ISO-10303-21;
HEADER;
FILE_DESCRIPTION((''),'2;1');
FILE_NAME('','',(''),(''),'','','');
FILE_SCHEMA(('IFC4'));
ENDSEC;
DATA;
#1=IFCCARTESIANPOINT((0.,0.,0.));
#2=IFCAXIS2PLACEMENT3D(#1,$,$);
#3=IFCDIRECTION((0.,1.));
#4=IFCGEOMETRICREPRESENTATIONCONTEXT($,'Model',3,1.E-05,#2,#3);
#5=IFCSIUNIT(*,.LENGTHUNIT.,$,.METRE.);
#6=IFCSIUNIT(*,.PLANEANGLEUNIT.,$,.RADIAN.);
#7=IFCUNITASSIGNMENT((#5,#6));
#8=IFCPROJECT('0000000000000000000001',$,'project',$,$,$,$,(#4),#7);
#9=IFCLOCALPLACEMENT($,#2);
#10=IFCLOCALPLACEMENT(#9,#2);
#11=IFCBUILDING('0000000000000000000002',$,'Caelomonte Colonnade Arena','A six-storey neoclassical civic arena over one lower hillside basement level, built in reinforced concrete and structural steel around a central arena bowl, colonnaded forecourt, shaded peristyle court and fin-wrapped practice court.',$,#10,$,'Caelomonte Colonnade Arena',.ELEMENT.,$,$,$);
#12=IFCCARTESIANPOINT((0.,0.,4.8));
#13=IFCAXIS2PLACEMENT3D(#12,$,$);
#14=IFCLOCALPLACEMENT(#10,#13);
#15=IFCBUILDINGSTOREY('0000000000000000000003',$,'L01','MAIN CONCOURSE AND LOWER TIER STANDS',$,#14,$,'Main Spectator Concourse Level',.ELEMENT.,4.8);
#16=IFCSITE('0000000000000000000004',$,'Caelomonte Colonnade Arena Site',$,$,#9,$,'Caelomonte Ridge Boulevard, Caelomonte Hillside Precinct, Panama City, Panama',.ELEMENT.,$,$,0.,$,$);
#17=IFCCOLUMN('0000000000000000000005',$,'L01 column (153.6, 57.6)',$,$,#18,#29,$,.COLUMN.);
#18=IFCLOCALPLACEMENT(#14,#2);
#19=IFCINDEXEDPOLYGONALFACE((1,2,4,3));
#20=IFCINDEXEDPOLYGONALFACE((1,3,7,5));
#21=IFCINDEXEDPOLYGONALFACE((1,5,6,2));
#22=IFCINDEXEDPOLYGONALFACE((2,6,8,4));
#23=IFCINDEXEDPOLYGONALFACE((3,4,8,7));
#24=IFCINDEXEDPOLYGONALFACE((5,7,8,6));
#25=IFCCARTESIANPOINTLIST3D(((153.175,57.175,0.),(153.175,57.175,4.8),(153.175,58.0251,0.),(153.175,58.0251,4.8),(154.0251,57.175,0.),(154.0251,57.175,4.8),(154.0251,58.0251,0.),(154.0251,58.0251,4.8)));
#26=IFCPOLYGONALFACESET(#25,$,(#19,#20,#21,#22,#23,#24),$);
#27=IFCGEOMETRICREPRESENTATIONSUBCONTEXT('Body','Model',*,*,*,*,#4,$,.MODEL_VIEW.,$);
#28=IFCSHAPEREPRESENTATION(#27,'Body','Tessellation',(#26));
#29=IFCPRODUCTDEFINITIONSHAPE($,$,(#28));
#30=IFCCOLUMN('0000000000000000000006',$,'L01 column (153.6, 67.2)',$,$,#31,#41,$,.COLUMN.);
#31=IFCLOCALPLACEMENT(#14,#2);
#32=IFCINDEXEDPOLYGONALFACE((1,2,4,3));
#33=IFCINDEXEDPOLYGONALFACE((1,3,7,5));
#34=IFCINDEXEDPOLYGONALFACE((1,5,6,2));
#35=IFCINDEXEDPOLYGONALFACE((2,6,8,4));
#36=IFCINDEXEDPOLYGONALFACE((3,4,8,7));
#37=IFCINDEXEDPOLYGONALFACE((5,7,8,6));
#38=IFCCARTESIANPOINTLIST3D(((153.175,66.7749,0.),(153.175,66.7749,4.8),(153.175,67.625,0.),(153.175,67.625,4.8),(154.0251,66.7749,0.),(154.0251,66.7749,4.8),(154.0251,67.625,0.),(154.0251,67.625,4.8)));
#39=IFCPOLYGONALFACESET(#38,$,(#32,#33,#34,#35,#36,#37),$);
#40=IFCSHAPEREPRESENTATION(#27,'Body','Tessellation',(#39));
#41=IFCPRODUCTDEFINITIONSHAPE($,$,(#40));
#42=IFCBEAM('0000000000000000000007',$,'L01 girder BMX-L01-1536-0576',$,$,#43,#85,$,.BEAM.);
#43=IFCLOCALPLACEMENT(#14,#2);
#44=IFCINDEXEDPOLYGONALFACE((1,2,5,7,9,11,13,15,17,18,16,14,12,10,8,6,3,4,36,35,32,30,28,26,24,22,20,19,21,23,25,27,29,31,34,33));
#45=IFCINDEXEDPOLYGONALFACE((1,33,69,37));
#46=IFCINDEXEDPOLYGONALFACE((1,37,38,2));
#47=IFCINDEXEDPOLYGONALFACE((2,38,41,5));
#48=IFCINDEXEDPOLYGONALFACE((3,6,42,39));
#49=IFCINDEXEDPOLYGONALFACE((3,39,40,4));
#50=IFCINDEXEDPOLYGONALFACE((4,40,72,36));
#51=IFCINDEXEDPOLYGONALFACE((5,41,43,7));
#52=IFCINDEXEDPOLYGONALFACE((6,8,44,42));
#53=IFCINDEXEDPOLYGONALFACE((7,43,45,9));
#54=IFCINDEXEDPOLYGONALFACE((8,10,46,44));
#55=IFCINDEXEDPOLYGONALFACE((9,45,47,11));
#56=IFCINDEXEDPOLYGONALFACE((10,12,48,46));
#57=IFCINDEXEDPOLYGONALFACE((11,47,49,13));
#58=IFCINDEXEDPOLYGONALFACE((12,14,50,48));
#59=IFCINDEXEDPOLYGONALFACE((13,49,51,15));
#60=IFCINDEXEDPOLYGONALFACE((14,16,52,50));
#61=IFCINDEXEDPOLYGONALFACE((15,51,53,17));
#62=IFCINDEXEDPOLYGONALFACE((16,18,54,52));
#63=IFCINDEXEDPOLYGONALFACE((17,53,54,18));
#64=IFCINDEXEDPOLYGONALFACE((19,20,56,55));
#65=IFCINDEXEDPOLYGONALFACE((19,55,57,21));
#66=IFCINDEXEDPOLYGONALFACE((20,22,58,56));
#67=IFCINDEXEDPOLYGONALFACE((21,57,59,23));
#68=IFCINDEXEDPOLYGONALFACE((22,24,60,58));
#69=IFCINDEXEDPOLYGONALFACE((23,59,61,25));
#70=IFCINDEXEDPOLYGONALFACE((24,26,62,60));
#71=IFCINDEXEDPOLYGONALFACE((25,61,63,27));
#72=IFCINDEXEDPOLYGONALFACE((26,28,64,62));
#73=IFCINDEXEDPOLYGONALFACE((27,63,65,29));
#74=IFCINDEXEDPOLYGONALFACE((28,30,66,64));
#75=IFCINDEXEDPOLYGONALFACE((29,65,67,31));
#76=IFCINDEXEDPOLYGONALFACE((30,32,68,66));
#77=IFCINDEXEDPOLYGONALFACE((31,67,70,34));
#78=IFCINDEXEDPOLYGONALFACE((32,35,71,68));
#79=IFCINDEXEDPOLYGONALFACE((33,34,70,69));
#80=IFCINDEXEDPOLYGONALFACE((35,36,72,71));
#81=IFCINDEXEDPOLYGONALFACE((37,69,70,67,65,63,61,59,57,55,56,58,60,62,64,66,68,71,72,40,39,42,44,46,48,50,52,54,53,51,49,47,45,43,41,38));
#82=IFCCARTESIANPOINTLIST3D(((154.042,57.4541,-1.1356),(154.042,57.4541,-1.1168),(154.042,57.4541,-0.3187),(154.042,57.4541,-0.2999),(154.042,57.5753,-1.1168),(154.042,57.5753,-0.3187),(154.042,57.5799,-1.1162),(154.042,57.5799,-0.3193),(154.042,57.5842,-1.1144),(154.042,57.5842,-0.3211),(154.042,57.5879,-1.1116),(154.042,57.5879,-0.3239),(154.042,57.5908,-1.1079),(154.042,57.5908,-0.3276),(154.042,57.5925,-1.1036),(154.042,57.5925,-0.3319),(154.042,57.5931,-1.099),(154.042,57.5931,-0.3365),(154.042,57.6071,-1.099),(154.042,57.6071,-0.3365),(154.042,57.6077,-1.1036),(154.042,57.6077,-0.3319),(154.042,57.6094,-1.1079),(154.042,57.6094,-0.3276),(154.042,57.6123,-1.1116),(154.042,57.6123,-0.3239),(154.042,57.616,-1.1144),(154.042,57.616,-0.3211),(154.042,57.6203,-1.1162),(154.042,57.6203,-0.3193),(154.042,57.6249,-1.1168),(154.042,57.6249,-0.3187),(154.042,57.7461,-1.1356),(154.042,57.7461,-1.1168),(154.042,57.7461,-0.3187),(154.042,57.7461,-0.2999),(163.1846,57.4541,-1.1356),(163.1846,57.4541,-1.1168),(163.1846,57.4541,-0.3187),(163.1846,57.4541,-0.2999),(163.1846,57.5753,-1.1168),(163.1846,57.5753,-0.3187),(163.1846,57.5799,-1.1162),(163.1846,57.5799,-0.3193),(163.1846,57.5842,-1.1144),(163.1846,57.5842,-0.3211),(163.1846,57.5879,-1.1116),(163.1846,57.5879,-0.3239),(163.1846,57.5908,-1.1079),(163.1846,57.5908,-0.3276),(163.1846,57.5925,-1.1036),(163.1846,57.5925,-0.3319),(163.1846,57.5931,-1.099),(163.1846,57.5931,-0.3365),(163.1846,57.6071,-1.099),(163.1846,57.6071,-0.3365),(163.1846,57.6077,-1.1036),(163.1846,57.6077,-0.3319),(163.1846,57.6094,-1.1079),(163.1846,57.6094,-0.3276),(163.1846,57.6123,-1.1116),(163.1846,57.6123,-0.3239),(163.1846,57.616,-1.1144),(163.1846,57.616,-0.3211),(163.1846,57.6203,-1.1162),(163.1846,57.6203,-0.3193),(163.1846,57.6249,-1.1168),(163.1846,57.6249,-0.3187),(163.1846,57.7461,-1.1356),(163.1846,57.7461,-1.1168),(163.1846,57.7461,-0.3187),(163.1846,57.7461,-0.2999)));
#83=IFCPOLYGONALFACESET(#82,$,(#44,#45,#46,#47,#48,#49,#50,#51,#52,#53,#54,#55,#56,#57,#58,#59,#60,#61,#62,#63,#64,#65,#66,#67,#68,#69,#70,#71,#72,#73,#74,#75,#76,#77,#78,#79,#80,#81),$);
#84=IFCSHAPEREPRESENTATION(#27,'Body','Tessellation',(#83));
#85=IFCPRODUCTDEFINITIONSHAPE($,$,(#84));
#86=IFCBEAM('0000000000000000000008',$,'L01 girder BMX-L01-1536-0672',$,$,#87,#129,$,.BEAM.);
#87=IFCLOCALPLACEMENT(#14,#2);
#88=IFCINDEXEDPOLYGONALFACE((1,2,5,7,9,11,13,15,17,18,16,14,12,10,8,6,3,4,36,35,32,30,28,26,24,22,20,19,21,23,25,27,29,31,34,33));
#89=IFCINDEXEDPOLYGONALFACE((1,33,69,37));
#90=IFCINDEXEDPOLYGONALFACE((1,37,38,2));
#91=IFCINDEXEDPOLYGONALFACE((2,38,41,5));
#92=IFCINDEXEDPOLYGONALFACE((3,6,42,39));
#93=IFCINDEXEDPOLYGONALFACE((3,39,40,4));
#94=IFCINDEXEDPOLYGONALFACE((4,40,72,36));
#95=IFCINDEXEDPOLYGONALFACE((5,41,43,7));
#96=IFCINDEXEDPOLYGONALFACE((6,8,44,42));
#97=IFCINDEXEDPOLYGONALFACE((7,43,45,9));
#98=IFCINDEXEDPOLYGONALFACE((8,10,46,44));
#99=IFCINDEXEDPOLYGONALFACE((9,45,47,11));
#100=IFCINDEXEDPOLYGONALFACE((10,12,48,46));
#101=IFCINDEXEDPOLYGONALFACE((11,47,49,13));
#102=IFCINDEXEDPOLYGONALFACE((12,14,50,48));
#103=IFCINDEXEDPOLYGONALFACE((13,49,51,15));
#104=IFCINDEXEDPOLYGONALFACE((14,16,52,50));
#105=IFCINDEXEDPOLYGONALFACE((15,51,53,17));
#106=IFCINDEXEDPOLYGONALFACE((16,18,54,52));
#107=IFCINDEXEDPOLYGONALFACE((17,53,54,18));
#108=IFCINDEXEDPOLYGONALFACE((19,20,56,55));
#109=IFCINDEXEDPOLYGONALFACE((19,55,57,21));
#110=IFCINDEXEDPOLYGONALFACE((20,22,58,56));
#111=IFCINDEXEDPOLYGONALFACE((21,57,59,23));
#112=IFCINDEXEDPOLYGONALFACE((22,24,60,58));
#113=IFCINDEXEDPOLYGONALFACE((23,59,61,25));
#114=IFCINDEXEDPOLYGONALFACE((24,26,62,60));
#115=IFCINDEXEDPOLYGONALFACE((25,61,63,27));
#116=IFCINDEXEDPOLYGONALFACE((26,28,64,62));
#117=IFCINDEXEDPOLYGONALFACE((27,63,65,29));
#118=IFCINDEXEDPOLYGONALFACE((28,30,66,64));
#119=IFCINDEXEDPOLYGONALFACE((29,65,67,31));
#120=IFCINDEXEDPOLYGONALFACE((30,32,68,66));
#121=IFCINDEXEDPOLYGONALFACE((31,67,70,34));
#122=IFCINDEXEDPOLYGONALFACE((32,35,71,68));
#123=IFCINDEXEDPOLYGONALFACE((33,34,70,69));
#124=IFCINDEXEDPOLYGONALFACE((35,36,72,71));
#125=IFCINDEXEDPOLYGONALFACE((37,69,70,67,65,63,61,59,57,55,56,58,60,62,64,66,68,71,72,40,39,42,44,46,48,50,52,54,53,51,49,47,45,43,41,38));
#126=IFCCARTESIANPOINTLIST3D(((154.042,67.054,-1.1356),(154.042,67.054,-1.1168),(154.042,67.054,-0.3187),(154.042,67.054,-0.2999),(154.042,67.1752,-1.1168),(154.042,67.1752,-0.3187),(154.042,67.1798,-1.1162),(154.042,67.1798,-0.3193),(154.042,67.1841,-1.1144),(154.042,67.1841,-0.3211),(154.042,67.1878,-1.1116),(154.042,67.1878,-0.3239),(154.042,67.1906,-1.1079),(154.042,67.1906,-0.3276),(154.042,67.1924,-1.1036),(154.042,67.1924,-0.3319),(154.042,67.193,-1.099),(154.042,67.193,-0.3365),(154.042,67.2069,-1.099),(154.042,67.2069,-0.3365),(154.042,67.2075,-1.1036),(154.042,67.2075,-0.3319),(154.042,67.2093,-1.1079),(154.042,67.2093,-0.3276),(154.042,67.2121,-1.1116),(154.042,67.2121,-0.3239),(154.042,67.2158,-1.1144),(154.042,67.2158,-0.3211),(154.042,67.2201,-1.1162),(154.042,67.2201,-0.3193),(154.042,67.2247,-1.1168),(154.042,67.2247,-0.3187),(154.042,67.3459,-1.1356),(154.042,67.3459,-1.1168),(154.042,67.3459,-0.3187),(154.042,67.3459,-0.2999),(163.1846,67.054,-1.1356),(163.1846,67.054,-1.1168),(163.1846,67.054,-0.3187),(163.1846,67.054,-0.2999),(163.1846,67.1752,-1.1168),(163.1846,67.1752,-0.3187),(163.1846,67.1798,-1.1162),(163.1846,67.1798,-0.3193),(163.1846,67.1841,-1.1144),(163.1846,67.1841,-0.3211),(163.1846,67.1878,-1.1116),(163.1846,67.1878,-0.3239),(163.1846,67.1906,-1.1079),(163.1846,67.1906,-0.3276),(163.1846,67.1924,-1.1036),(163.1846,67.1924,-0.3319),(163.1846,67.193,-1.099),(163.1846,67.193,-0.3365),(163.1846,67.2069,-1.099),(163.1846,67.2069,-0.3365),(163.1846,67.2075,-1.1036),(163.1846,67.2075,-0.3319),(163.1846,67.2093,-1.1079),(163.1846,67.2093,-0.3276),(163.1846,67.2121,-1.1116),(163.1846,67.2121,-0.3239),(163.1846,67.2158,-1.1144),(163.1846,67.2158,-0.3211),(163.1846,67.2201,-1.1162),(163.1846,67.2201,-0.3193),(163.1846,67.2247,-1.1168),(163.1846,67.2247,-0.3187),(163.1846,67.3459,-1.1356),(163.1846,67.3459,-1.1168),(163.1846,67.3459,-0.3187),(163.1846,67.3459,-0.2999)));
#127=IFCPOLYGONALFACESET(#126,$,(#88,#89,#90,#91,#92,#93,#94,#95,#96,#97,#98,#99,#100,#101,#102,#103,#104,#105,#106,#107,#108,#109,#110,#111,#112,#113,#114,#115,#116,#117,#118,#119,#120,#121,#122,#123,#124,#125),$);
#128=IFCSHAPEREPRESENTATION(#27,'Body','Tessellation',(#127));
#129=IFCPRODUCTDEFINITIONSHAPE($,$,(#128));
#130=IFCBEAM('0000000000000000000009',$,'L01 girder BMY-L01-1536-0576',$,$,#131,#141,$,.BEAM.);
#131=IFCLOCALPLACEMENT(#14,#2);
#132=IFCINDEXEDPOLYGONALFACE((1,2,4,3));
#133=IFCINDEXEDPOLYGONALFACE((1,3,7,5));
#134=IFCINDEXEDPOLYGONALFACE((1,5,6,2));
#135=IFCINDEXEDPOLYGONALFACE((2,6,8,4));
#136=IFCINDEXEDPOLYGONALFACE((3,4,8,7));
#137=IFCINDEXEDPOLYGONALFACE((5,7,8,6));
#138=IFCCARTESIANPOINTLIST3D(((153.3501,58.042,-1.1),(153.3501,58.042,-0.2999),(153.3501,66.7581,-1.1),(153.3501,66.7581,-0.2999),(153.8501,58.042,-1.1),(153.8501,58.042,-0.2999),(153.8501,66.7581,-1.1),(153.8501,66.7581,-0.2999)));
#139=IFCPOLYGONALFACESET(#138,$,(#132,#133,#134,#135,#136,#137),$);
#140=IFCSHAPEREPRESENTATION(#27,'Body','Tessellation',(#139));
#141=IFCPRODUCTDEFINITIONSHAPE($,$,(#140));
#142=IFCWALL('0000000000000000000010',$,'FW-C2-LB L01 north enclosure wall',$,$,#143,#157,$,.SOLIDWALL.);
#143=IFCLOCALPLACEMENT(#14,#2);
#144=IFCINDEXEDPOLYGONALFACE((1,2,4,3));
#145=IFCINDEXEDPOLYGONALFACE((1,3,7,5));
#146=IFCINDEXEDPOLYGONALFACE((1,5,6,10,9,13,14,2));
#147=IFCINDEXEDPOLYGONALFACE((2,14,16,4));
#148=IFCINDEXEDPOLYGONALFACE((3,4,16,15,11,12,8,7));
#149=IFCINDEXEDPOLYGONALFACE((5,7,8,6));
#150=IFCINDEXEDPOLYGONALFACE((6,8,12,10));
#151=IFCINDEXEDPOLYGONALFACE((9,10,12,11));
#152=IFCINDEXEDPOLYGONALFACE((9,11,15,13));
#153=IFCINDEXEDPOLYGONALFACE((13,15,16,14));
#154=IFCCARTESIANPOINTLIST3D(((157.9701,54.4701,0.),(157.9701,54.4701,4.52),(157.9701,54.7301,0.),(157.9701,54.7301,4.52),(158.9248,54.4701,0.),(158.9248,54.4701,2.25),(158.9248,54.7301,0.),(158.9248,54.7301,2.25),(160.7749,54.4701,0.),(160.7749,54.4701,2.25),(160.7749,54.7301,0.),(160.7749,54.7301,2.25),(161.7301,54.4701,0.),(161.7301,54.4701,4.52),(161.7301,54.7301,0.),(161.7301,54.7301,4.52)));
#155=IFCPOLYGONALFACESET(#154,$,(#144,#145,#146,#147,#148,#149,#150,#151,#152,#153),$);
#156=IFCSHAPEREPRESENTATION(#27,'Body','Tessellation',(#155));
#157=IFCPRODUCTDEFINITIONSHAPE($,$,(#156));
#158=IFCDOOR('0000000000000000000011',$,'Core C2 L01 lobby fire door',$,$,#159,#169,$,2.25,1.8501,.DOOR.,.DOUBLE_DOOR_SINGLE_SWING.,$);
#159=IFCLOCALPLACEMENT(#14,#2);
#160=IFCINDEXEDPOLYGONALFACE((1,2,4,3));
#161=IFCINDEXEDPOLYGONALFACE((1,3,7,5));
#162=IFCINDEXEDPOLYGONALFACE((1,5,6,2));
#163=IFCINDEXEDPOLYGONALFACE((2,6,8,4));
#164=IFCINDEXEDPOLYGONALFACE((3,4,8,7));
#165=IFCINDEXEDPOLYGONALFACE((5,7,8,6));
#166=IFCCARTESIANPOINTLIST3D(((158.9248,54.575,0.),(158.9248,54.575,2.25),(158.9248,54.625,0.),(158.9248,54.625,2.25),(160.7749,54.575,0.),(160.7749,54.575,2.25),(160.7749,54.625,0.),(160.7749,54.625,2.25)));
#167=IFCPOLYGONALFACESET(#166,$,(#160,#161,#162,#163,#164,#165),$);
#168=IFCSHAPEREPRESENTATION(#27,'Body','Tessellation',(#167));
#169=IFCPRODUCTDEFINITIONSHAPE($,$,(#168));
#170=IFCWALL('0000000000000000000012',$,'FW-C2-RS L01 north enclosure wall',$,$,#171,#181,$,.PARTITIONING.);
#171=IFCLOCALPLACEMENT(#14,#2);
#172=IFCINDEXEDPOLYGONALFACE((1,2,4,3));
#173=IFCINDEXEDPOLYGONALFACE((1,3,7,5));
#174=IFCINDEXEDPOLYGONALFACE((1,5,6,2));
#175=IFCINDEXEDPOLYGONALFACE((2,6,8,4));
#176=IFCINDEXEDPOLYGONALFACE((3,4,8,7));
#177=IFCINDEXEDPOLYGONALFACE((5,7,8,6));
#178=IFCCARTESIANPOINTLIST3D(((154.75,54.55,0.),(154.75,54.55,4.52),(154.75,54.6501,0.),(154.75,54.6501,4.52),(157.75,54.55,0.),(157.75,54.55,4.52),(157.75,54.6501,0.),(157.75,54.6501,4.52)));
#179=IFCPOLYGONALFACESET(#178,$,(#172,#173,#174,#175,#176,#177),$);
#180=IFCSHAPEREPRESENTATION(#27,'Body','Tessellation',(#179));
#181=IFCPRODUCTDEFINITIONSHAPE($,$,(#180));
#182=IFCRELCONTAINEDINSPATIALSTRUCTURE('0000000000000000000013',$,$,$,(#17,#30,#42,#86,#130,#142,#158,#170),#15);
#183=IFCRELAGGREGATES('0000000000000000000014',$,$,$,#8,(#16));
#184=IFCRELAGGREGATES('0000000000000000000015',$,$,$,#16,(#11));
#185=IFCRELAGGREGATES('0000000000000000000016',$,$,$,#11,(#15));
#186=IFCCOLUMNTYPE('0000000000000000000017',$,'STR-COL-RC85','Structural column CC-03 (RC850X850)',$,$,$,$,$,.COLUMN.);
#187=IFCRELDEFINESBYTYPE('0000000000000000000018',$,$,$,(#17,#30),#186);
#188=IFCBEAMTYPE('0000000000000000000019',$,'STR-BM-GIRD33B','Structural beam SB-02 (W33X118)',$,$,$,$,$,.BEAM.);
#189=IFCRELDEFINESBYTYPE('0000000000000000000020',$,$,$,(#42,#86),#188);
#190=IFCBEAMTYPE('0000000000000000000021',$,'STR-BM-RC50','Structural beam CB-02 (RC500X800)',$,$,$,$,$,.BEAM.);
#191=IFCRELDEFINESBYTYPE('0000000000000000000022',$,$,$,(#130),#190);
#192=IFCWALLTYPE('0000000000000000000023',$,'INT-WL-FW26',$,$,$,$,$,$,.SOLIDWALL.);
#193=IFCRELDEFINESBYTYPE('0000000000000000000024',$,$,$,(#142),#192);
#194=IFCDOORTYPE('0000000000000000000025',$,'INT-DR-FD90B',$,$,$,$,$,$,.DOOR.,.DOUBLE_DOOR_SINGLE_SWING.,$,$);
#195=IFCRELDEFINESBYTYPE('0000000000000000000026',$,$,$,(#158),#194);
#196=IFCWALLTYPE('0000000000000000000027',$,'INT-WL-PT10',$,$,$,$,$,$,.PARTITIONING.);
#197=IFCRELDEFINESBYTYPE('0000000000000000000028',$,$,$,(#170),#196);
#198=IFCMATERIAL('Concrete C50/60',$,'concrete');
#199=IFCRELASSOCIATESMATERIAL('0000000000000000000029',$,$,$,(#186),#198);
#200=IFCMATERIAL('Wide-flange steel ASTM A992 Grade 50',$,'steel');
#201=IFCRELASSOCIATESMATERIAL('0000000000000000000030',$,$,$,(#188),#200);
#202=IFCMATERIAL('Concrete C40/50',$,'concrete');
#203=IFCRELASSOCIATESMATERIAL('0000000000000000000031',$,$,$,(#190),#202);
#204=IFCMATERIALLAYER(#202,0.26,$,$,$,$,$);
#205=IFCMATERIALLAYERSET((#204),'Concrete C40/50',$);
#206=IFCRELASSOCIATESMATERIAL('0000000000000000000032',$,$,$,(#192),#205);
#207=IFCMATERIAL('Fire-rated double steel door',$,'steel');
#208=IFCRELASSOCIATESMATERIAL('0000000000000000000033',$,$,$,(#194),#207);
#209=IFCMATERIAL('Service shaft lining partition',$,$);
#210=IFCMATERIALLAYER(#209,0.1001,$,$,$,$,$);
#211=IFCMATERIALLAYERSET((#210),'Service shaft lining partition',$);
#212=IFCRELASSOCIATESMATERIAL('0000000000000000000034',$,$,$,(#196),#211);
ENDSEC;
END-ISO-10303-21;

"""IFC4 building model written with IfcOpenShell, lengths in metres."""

from ifc_helpers import new_model, si_unit, direction, frame, frame_2d, origin, origin_2d, place, context, subcontext, project, spatial, rectangle, i_section, extrude, material, layer, layer_set, material_profile, profile_set, type_object, element, fill, save


model = new_model("IFC4")

# Units and contexts
model_context = context("Model", 3, precision=1e-05, world=origin(), true_north=direction((0.0, 1.0)))
body_context = subcontext(model_context, "Body", "Model", "MODEL_VIEW")
ifc_project = project(units=[si_unit("LENGTHUNIT", "METRE"), si_unit("PLANEANGLEUNIT", "RADIAN")], contexts=[model_context])

# Site, building, storey
site_placement = place(None, origin())
site = spatial("IfcSite", under=ifc_project, at=site_placement, Name="Caelomonte Colonnade Arena Site", LongName="Caelomonte Ridge Boulevard, Caelomonte Hillside Precinct, Panama City, Panama", CompositionType="ELEMENT", RefElevation=0.0)
building_placement = place(site_placement, origin())
building = spatial("IfcBuilding", under=site, at=building_placement, Name="Caelomonte Colonnade Arena", Description="A six-storey neoclassical civic arena over one lower hillside basement level, built in reinforced concrete and structural steel around a central arena bowl, colonnaded forecourt, shaded peristyle court and fin-wrapped practice court.", LongName="Caelomonte Colonnade Arena", CompositionType="ELEMENT")
storey_placement = place(building_placement, frame((0.0, 0.0, 4.8)))
storey = spatial("IfcBuildingStorey", under=building, at=storey_placement, Name="L01", Description="MAIN CONCOURSE AND LOWER TIER STANDS", LongName="Main Spectator Concourse Level", CompositionType="ELEMENT", Elevation=4.8)

# Columns
ifc_material_1 = material(Name="Concrete C50/60", Category="concrete")
ifc_material_profile_1 = material_profile(ifc_material_1, rectangle(XDim=0.8501, YDim=0.8501, at=origin_2d()), Name="RC850X850")
ifc_profile_set_1 = profile_set([ifc_material_profile_1], Name="Concrete C50/60")
column_type = type_object("IfcColumnType", Name="STR-COL-RC85", Description="Structural column CC-03 (RC850X850)", PredefinedType="COLUMN", material=ifc_profile_set_1)
for number, where, z_axis, x_axis, name in (
    (1, (153.6001, 57.6001, 0.0), (0.0, 0.0, 1.0), (1.0, 0.0, 0.0), "L01 column (153.6, 57.6)"),
    (2, (153.6001, 67.2, 0.0), (0.0, 0.0, 1.0), (1.0, 0.0, 0.0), "L01 column (153.6, 67.2)"),
):
    element("IfcColumn", number, at=place(storey_placement, frame(where, z_axis=z_axis, x_axis=x_axis)), inside=storey, type_object=column_type, Name=name, PredefinedType="COLUMN", context=body_context, shape_type="SweptSolid", body=[
        extrude(rectangle(XDim=0.8501, YDim=0.8501, at=origin_2d()), origin(), (0.0, 0.0, 1.0), 4.8),
    ])

# Beams
ifc_material_2 = material(Name="Wide-flange steel ASTM A992 Grade 50", Category="steel")
ifc_material_profile_2 = material_profile(ifc_material_2, i_section(OverallWidth=0.292, OverallDepth=0.8357, WebThickness=0.0139, FlangeThickness=0.0188, FilletRadius=0.0178, at=origin_2d()), Name="W33X118")
ifc_profile_set_2 = profile_set([ifc_material_profile_2], Name="Wide-flange steel ASTM A992 Grade 50")
beam_type_1 = type_object("IfcBeamType", Name="STR-BM-GIRD33B", Description="Structural beam SB-02 (W33X118)", PredefinedType="BEAM", material=ifc_profile_set_2)
for number, where, z_axis, x_axis, name in (
    (3, (154.042, 57.6001, -0.7178), (1.0, 0.0, 0.0), (0.0, 1.0, 0.0), "L01 girder BMX-L01-1536-0576"),
    (4, (154.042, 67.2, -0.7178), (1.0, 0.0, 0.0), (0.0, 1.0, 0.0), "L01 girder BMX-L01-1536-0672"),
):
    element("IfcBeam", number, at=place(storey_placement, frame(where, z_axis=z_axis, x_axis=x_axis)), inside=storey, type_object=beam_type_1, Name=name, PredefinedType="BEAM", context=body_context, shape_type="SweptSolid", body=[
        extrude(i_section(OverallWidth=0.292, OverallDepth=0.8357, WebThickness=0.0139, FlangeThickness=0.0188, FilletRadius=0.0178, at=origin_2d()), origin(), (0.0, 0.0, 1.0), 9.1426),
    ])
ifc_material_3 = material(Name="Concrete C40/50", Category="concrete")
ifc_material_profile_3 = material_profile(ifc_material_3, rectangle(XDim=0.5, YDim=0.8, at=origin_2d()), Name="RC500X800")
ifc_profile_set_3 = profile_set([ifc_material_profile_3], Name="Concrete C40/50")
beam_type_2 = type_object("IfcBeamType", Name="STR-BM-RC50", Description="Structural beam CB-02 (RC500X800)", PredefinedType="BEAM", material=ifc_profile_set_3)
beam_placement = place(storey_placement, frame((153.6001, 58.042, -0.7), z_axis=(0.0, 1.0, 0.0), x_axis=(-1.0, 0.0, 0.0)))
element("IfcBeam", 5, at=beam_placement, inside=storey, type_object=beam_type_2, Name="L01 girder BMY-L01-1536-0576", PredefinedType="BEAM", context=body_context, shape_type="SweptSolid", body=[
    extrude(rectangle(XDim=0.5, YDim=0.8, at=origin_2d()), origin(), (0.0, 0.0, 1.0), 8.7161),
])

# Wall, opening, door
ifc_layer_1 = layer(ifc_material_3, 0.26)
ifc_layer_set_1 = layer_set([ifc_layer_1], Name="Concrete C40/50")
wall_type_1 = type_object("IfcWallType", Name="INT-WL-FW26", PredefinedType="SOLIDWALL", material=ifc_layer_set_1)
wall_1_placement = place(storey_placement, frame((161.73, 54.6001, 0.0), z_axis=(0.0, 0.0, 1.0), x_axis=(-1.0, 0.0, 0.0)))
wall_1 = element("IfcWall", 6, at=wall_1_placement, inside=storey, type_object=wall_type_1, Name="FW-C2-LB L01 north enclosure wall", PredefinedType="SOLIDWALL", context=body_context, shape_type="SweptSolid", body=[
    extrude(rectangle(XDim=3.76, YDim=0.26, at=frame_2d((1.8799, 0.0))), origin(), (0.0, 0.0, 1.0), 4.52),
])
opening_1_placement = place(wall_1_placement, frame((2.8052, 0.0, 0.0), z_axis=(0.0, 0.0, 1.0), x_axis=(-1.0, 0.0, 0.0)))
opening_1 = element("IfcOpeningElement", 7, at=opening_1_placement, cuts=wall_1, PredefinedType="OPENING", context=body_context, shape_type="SweptSolid", body=[
    extrude(rectangle(XDim=1.8501, YDim=2.25, at=frame_2d((0.925, 1.125))), frame((0.0, 0.1399, 0.0), z_axis=(0.0, -1.0, 0.0), x_axis=(1.0, 0.0, 0.0)), (0.0, 0.0, 1.0), 0.28),
])
ifc_material_4 = material(Name="Fire-rated double steel door", Category="steel")
door_type_1 = type_object("IfcDoorType", Name="INT-DR-FD90B", OperationType="DOUBLE_DOOR_SINGLE_SWING", PredefinedType="DOOR", material=ifc_material_4)
door_1_placement = place(opening_1_placement, origin())
door_1 = element("IfcDoor", 8, at=door_1_placement, inside=storey, type_object=door_type_1, Name="Core C2 L01 lobby fire door", OperationType="DOUBLE_DOOR_SINGLE_SWING", OverallHeight=2.25, OverallWidth=1.8501, PredefinedType="DOOR", context=body_context, shape_type="SweptSolid", body=[
    extrude(rectangle(XDim=1.8501, YDim=2.25, at=frame_2d((0.925, 1.125))), frame((0.0, 0.0249, 0.0), z_axis=(0.0, -1.0, 0.0), x_axis=(1.0, 0.0, 0.0)), (0.0, 0.0, 1.0), 0.05),
])
fill(opening_1, door_1)

# Wall
ifc_material_5 = material(Name="Service shaft lining partition")
ifc_layer_2 = layer(ifc_material_5, 0.1001)
ifc_layer_set_2 = layer_set([ifc_layer_2], Name="Service shaft lining partition")
wall_type_2 = type_object("IfcWallType", Name="INT-WL-PT10", PredefinedType="PARTITIONING", material=ifc_layer_set_2)
wall_2_placement = place(storey_placement, frame((157.75, 54.6001, 0.0), z_axis=(0.0, 0.0, 1.0), x_axis=(-1.0, 0.0, 0.0)))
element("IfcWall", 9, at=wall_2_placement, inside=storey, type_object=wall_type_2, Name="FW-C2-RS L01 north enclosure wall", PredefinedType="PARTITIONING", context=body_context, shape_type="SweptSolid", body=[
    extrude(rectangle(XDim=3.0, YDim=0.1001, at=frame_2d((1.5, 0.0))), origin(), (0.0, 0.0, 1.0), 4.52),
])

save(model, "model.ifc")
